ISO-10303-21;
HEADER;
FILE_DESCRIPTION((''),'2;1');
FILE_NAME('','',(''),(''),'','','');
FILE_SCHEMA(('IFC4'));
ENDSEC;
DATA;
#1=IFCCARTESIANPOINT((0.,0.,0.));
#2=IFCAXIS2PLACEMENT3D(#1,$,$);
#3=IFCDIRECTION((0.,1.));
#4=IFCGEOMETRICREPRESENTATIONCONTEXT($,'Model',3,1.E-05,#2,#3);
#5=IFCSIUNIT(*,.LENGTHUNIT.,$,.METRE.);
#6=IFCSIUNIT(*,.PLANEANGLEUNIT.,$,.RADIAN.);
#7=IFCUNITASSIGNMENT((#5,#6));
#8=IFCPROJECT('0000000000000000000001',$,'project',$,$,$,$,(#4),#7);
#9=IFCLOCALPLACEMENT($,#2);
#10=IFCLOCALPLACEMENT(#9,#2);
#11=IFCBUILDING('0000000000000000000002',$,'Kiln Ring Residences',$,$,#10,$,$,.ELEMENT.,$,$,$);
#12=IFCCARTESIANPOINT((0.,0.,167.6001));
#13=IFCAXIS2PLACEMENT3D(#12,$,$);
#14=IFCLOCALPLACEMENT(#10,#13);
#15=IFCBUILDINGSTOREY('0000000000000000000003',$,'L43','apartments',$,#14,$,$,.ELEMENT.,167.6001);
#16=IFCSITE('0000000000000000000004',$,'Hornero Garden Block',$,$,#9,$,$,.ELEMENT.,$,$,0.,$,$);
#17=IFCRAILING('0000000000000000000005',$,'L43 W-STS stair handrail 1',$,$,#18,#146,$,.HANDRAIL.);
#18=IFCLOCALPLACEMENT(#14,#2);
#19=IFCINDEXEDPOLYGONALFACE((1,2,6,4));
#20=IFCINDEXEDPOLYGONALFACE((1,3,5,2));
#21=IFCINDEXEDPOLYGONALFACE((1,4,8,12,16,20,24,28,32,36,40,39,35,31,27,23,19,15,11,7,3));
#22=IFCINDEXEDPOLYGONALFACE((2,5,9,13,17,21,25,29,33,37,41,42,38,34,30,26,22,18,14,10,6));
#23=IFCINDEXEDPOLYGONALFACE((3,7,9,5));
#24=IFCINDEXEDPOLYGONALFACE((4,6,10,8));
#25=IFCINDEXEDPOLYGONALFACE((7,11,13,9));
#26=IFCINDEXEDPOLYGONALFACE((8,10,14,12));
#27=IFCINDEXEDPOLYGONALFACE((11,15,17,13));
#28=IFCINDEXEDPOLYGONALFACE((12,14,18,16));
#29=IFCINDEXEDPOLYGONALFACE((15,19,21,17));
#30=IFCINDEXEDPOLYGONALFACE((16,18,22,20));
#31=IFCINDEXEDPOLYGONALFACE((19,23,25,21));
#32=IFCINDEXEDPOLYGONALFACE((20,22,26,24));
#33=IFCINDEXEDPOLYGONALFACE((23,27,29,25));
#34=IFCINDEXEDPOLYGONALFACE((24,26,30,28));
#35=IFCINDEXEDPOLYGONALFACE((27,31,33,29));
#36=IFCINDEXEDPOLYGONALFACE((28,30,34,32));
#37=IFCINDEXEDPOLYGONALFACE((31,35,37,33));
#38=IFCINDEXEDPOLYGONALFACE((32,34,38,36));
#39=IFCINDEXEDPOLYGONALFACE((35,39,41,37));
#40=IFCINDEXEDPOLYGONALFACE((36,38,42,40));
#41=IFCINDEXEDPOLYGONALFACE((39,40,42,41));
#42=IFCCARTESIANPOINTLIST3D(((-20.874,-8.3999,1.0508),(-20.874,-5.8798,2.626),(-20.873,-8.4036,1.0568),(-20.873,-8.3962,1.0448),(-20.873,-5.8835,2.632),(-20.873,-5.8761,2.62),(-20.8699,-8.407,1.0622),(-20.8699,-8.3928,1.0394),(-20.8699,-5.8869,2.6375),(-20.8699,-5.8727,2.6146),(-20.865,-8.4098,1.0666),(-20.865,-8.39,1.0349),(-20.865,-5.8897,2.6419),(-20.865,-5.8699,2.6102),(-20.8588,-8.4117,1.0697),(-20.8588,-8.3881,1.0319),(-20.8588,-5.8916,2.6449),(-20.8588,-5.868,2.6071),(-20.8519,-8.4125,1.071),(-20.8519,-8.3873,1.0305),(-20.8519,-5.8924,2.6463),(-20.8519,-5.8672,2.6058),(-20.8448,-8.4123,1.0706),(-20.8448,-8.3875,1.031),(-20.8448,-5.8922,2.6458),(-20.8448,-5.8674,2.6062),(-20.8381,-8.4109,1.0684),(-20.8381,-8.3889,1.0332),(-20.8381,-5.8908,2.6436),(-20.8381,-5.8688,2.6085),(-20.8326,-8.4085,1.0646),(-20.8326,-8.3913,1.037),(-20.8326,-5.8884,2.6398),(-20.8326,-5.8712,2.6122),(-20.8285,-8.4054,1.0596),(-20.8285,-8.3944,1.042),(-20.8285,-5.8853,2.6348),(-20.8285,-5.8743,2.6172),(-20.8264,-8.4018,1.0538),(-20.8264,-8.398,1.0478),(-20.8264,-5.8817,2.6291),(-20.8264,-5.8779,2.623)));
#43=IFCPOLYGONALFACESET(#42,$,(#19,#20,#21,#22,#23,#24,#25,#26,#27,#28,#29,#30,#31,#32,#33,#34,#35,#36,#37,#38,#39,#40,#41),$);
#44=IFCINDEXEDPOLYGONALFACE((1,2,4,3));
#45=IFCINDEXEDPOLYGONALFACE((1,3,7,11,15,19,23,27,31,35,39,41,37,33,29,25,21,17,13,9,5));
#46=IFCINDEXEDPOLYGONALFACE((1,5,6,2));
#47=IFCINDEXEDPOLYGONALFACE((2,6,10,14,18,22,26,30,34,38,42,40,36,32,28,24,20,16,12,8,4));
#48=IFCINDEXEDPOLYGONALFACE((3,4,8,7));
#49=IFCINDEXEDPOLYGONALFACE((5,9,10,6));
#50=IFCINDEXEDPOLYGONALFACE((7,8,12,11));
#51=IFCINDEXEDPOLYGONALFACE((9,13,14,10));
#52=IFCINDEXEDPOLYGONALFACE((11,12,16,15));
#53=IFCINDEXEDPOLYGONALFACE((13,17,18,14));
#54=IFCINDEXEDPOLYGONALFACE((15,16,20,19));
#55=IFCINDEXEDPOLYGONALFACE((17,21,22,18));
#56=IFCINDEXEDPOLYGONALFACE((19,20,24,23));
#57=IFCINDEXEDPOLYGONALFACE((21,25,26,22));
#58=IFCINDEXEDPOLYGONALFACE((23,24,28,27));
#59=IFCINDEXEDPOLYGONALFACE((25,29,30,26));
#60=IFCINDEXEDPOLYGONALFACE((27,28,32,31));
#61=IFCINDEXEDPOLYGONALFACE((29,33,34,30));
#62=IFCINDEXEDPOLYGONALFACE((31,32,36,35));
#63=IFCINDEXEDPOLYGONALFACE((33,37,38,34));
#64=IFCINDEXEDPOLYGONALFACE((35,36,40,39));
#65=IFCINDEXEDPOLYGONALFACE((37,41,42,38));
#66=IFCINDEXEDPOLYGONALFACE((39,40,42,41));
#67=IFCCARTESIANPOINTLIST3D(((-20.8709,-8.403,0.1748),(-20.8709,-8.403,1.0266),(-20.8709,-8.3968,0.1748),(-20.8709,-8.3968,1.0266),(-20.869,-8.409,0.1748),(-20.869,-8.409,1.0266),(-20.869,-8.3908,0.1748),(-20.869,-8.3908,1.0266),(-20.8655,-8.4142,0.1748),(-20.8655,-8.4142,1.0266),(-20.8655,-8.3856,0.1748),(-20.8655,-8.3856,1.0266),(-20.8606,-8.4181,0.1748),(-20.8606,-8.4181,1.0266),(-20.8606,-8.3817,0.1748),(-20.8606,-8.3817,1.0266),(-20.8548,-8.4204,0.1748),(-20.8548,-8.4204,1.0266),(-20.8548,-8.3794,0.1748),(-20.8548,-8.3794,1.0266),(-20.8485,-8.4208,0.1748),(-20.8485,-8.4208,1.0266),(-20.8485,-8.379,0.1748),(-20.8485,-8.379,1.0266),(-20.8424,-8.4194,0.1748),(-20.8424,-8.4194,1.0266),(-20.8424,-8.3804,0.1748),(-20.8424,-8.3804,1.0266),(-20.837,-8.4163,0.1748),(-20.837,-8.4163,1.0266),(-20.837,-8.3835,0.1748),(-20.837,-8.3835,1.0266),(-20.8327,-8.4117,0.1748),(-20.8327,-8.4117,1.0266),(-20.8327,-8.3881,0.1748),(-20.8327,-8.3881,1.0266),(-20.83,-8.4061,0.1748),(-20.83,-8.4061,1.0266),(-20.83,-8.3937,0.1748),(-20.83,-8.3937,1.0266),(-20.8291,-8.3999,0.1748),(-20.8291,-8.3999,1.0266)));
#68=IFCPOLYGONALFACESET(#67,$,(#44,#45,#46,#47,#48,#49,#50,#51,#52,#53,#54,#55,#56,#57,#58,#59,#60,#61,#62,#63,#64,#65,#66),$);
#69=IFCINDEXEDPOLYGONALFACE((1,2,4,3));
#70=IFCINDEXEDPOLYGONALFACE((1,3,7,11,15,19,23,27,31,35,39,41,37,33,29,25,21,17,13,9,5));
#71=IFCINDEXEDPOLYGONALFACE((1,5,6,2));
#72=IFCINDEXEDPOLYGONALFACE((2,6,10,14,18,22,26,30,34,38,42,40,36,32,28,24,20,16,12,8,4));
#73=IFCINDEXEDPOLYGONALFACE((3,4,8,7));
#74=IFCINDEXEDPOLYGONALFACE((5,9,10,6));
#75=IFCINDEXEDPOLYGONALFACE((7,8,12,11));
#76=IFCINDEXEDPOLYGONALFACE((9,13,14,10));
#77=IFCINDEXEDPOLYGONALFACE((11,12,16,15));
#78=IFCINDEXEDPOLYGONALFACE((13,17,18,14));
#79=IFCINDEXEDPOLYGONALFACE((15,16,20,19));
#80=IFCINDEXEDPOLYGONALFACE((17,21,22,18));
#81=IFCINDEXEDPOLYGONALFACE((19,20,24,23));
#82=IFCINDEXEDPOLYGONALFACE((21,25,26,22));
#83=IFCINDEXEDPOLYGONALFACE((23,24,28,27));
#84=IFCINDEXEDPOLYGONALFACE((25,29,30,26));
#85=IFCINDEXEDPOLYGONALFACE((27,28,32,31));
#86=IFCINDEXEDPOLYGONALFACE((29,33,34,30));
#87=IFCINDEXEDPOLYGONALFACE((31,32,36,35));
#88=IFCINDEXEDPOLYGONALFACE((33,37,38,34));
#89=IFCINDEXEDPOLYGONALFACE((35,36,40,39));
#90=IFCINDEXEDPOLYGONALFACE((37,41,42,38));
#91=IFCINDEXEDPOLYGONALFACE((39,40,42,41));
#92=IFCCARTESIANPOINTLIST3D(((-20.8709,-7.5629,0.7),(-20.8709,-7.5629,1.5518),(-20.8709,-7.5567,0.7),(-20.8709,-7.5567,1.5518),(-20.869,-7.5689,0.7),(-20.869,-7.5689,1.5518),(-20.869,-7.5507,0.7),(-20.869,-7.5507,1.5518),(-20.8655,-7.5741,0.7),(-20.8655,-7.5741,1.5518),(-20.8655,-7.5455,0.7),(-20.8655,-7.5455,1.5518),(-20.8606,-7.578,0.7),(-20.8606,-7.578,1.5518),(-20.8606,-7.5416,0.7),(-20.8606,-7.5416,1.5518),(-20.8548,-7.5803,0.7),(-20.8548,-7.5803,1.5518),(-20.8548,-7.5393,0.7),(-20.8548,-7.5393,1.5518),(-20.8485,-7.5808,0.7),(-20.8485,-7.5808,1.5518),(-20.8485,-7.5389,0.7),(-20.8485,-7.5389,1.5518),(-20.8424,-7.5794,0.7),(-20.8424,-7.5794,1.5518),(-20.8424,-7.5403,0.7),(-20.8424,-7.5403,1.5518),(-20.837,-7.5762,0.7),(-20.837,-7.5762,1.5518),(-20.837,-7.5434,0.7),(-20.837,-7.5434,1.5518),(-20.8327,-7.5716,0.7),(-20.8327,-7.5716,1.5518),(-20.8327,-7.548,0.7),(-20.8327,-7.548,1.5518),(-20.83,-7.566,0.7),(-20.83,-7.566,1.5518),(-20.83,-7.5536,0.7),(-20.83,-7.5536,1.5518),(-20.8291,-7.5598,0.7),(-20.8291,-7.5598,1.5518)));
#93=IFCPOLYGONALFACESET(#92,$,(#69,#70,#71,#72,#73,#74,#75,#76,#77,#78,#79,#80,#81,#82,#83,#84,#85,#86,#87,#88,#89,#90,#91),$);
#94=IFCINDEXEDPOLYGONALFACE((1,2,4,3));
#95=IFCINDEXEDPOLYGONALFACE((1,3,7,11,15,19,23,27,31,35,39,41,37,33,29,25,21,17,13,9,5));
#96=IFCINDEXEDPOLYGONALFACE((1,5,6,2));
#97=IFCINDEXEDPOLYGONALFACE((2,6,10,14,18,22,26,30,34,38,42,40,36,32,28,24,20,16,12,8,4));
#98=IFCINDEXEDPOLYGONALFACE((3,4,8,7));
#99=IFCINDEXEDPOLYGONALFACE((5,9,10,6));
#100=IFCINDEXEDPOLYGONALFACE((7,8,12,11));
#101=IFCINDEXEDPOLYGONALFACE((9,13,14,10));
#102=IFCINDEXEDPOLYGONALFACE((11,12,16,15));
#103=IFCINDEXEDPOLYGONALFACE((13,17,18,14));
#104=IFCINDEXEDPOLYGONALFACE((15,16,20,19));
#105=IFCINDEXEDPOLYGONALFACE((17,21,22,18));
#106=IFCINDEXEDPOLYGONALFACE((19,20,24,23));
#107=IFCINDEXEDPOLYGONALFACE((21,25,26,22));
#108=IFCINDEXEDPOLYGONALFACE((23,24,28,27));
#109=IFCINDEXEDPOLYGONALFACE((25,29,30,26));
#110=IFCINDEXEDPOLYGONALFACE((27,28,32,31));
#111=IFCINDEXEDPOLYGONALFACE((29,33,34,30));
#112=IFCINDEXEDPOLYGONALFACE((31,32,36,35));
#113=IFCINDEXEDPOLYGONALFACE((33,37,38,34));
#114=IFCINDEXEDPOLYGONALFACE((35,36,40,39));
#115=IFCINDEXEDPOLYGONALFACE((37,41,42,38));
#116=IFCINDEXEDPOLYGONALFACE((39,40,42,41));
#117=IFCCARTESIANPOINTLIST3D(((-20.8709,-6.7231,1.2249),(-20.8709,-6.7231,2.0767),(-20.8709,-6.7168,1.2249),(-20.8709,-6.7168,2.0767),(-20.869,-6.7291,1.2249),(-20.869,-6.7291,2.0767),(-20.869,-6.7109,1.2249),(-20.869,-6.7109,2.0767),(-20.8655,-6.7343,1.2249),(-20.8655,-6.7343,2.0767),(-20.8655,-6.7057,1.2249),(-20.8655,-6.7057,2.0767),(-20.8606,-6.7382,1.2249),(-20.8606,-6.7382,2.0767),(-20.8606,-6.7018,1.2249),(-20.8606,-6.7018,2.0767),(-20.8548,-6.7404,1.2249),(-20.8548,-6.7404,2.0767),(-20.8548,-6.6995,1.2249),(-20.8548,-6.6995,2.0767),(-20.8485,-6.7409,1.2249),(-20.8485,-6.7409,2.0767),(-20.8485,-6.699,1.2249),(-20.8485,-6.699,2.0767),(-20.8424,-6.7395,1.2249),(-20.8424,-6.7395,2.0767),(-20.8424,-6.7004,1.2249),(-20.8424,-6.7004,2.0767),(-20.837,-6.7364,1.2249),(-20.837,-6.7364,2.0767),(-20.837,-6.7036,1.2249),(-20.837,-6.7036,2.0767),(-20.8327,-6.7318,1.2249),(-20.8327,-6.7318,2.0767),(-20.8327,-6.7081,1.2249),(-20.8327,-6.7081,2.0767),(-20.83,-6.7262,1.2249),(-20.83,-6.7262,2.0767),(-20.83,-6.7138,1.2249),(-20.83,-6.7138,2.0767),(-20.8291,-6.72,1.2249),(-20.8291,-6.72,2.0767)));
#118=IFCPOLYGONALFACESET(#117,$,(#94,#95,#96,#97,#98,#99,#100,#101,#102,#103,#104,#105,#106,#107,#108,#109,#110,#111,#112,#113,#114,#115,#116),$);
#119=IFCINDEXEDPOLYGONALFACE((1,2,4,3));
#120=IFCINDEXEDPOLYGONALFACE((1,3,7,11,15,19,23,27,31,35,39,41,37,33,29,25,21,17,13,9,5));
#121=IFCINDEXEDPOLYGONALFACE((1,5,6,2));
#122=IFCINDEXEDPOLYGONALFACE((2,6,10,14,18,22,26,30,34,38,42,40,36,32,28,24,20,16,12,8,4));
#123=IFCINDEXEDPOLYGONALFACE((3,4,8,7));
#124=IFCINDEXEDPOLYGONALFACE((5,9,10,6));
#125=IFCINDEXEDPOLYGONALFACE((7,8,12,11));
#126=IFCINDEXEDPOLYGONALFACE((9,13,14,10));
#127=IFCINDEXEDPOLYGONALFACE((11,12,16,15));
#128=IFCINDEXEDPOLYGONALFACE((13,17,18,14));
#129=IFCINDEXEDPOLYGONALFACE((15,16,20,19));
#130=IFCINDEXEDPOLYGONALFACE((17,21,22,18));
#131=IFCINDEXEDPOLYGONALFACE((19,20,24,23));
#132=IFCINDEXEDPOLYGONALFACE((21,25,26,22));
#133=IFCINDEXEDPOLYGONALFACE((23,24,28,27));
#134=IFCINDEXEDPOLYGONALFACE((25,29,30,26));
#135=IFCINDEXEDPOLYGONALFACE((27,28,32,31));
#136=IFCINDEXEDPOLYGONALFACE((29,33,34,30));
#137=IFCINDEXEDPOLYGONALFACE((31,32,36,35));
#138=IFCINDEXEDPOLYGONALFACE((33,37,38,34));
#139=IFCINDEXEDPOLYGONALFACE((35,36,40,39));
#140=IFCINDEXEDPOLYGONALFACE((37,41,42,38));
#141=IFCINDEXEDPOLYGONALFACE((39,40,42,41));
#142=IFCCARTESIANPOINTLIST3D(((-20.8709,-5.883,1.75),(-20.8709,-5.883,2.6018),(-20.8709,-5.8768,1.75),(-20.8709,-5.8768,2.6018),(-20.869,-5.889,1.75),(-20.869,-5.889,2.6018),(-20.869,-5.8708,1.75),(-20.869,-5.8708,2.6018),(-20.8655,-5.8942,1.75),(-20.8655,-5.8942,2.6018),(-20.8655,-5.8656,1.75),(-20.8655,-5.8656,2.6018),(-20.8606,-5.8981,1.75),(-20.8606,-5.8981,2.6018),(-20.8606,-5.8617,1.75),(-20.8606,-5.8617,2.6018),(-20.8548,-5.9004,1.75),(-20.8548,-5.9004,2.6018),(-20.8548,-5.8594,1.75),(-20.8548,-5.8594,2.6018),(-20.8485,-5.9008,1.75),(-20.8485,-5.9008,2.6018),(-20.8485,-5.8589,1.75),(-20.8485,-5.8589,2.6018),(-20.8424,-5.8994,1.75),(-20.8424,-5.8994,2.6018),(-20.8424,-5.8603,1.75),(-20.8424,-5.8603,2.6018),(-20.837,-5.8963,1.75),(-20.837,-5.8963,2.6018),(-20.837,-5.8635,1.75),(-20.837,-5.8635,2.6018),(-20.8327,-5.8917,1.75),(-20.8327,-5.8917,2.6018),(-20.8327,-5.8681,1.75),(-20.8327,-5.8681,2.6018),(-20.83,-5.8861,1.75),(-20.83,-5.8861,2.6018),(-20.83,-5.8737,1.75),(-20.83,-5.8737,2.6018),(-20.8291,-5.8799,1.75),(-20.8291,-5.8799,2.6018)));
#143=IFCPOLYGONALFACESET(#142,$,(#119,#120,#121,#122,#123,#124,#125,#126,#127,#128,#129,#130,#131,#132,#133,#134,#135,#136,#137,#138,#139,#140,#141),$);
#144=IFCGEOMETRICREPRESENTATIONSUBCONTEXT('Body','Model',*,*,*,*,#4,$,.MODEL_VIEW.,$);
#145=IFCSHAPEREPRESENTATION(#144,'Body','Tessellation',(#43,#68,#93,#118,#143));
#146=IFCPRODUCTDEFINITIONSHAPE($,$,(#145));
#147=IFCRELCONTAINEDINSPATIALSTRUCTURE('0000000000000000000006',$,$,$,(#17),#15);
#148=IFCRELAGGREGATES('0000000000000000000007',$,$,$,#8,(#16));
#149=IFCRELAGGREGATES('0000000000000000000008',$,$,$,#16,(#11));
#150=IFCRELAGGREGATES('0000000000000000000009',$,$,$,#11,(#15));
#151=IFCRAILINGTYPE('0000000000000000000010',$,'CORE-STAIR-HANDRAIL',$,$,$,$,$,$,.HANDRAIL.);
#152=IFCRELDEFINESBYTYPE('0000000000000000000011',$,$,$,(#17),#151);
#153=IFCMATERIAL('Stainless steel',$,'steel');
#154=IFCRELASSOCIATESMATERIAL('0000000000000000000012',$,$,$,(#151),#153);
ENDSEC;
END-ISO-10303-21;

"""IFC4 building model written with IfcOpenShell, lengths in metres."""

from ifc_helpers import new_model, si_unit, direction, frame, origin, origin_2d, place, context, subcontext, project, spatial, circle, extrude, material, type_object, element, save


model = new_model("IFC4")

# Units and contexts
model_context = context("Model", 3, precision=1e-05, world=origin(), true_north=direction((0.0, 1.0)))
body_context = subcontext(model_context, "Body", "Model", "MODEL_VIEW")
ifc_project = project(units=[si_unit("LENGTHUNIT", "METRE"), si_unit("PLANEANGLEUNIT", "RADIAN")], contexts=[model_context])

# Site, building, storey
site_placement = place(None, origin())
site = spatial("IfcSite", under=ifc_project, at=site_placement, Name="Hornero Garden Block", CompositionType="ELEMENT", RefElevation=0.0)
building_placement = place(site_placement, origin())
building = spatial("IfcBuilding", under=site, at=building_placement, Name="Kiln Ring Residences", CompositionType="ELEMENT")
storey_placement = place(building_placement, frame((0.0, 0.0, 167.6001)))
storey = spatial("IfcBuildingStorey", under=building, at=storey_placement, Name="L43", Description="apartments", CompositionType="ELEMENT", Elevation=167.6001)

# Railing
ifc_material_1 = material(Name="Stainless steel", Category="steel")
railing_type_1 = type_object("IfcRailingType", Name="CORE-STAIR-HANDRAIL", PredefinedType="HANDRAIL", material=ifc_material_1)
railing_1_placement = place(storey_placement, frame((-20.8501, -8.3999, 0.1748)))
element("IfcRailing", 1, at=railing_1_placement, inside=storey, type_object=railing_type_1, Name="L43 W-STS stair handrail 1", PredefinedType="HANDRAIL", context=body_context, shape_type="SweptSolid", body=[
    extrude(circle(Radius=0.0239, at=origin_2d()), frame((0.0, 0.0, 0.876), z_axis=(0.0, 0.847971, 0.530043), x_axis=(-1.0, 0.0, 0.0)), (0.0, 0.0, 1.0), 2.9719),
    extrude(circle(Radius=0.021, at=origin_2d()), origin(), (0.0, 0.0, 1.0), 0.8518),
    extrude(circle(Radius=0.021, at=origin_2d()), frame((0.0, 0.8401, 0.5251)), (0.0, 0.0, 1.0), 0.8518),
    extrude(circle(Radius=0.021, at=origin_2d()), frame((0.0, 1.6799, 1.05)), (0.0, 0.0, 1.0), 0.8518),
    extrude(circle(Radius=0.021, at=origin_2d()), frame((0.0, 2.52, 1.5752)), (0.0, 0.0, 1.0), 0.8518),
])

save(model, "model.ifc")
